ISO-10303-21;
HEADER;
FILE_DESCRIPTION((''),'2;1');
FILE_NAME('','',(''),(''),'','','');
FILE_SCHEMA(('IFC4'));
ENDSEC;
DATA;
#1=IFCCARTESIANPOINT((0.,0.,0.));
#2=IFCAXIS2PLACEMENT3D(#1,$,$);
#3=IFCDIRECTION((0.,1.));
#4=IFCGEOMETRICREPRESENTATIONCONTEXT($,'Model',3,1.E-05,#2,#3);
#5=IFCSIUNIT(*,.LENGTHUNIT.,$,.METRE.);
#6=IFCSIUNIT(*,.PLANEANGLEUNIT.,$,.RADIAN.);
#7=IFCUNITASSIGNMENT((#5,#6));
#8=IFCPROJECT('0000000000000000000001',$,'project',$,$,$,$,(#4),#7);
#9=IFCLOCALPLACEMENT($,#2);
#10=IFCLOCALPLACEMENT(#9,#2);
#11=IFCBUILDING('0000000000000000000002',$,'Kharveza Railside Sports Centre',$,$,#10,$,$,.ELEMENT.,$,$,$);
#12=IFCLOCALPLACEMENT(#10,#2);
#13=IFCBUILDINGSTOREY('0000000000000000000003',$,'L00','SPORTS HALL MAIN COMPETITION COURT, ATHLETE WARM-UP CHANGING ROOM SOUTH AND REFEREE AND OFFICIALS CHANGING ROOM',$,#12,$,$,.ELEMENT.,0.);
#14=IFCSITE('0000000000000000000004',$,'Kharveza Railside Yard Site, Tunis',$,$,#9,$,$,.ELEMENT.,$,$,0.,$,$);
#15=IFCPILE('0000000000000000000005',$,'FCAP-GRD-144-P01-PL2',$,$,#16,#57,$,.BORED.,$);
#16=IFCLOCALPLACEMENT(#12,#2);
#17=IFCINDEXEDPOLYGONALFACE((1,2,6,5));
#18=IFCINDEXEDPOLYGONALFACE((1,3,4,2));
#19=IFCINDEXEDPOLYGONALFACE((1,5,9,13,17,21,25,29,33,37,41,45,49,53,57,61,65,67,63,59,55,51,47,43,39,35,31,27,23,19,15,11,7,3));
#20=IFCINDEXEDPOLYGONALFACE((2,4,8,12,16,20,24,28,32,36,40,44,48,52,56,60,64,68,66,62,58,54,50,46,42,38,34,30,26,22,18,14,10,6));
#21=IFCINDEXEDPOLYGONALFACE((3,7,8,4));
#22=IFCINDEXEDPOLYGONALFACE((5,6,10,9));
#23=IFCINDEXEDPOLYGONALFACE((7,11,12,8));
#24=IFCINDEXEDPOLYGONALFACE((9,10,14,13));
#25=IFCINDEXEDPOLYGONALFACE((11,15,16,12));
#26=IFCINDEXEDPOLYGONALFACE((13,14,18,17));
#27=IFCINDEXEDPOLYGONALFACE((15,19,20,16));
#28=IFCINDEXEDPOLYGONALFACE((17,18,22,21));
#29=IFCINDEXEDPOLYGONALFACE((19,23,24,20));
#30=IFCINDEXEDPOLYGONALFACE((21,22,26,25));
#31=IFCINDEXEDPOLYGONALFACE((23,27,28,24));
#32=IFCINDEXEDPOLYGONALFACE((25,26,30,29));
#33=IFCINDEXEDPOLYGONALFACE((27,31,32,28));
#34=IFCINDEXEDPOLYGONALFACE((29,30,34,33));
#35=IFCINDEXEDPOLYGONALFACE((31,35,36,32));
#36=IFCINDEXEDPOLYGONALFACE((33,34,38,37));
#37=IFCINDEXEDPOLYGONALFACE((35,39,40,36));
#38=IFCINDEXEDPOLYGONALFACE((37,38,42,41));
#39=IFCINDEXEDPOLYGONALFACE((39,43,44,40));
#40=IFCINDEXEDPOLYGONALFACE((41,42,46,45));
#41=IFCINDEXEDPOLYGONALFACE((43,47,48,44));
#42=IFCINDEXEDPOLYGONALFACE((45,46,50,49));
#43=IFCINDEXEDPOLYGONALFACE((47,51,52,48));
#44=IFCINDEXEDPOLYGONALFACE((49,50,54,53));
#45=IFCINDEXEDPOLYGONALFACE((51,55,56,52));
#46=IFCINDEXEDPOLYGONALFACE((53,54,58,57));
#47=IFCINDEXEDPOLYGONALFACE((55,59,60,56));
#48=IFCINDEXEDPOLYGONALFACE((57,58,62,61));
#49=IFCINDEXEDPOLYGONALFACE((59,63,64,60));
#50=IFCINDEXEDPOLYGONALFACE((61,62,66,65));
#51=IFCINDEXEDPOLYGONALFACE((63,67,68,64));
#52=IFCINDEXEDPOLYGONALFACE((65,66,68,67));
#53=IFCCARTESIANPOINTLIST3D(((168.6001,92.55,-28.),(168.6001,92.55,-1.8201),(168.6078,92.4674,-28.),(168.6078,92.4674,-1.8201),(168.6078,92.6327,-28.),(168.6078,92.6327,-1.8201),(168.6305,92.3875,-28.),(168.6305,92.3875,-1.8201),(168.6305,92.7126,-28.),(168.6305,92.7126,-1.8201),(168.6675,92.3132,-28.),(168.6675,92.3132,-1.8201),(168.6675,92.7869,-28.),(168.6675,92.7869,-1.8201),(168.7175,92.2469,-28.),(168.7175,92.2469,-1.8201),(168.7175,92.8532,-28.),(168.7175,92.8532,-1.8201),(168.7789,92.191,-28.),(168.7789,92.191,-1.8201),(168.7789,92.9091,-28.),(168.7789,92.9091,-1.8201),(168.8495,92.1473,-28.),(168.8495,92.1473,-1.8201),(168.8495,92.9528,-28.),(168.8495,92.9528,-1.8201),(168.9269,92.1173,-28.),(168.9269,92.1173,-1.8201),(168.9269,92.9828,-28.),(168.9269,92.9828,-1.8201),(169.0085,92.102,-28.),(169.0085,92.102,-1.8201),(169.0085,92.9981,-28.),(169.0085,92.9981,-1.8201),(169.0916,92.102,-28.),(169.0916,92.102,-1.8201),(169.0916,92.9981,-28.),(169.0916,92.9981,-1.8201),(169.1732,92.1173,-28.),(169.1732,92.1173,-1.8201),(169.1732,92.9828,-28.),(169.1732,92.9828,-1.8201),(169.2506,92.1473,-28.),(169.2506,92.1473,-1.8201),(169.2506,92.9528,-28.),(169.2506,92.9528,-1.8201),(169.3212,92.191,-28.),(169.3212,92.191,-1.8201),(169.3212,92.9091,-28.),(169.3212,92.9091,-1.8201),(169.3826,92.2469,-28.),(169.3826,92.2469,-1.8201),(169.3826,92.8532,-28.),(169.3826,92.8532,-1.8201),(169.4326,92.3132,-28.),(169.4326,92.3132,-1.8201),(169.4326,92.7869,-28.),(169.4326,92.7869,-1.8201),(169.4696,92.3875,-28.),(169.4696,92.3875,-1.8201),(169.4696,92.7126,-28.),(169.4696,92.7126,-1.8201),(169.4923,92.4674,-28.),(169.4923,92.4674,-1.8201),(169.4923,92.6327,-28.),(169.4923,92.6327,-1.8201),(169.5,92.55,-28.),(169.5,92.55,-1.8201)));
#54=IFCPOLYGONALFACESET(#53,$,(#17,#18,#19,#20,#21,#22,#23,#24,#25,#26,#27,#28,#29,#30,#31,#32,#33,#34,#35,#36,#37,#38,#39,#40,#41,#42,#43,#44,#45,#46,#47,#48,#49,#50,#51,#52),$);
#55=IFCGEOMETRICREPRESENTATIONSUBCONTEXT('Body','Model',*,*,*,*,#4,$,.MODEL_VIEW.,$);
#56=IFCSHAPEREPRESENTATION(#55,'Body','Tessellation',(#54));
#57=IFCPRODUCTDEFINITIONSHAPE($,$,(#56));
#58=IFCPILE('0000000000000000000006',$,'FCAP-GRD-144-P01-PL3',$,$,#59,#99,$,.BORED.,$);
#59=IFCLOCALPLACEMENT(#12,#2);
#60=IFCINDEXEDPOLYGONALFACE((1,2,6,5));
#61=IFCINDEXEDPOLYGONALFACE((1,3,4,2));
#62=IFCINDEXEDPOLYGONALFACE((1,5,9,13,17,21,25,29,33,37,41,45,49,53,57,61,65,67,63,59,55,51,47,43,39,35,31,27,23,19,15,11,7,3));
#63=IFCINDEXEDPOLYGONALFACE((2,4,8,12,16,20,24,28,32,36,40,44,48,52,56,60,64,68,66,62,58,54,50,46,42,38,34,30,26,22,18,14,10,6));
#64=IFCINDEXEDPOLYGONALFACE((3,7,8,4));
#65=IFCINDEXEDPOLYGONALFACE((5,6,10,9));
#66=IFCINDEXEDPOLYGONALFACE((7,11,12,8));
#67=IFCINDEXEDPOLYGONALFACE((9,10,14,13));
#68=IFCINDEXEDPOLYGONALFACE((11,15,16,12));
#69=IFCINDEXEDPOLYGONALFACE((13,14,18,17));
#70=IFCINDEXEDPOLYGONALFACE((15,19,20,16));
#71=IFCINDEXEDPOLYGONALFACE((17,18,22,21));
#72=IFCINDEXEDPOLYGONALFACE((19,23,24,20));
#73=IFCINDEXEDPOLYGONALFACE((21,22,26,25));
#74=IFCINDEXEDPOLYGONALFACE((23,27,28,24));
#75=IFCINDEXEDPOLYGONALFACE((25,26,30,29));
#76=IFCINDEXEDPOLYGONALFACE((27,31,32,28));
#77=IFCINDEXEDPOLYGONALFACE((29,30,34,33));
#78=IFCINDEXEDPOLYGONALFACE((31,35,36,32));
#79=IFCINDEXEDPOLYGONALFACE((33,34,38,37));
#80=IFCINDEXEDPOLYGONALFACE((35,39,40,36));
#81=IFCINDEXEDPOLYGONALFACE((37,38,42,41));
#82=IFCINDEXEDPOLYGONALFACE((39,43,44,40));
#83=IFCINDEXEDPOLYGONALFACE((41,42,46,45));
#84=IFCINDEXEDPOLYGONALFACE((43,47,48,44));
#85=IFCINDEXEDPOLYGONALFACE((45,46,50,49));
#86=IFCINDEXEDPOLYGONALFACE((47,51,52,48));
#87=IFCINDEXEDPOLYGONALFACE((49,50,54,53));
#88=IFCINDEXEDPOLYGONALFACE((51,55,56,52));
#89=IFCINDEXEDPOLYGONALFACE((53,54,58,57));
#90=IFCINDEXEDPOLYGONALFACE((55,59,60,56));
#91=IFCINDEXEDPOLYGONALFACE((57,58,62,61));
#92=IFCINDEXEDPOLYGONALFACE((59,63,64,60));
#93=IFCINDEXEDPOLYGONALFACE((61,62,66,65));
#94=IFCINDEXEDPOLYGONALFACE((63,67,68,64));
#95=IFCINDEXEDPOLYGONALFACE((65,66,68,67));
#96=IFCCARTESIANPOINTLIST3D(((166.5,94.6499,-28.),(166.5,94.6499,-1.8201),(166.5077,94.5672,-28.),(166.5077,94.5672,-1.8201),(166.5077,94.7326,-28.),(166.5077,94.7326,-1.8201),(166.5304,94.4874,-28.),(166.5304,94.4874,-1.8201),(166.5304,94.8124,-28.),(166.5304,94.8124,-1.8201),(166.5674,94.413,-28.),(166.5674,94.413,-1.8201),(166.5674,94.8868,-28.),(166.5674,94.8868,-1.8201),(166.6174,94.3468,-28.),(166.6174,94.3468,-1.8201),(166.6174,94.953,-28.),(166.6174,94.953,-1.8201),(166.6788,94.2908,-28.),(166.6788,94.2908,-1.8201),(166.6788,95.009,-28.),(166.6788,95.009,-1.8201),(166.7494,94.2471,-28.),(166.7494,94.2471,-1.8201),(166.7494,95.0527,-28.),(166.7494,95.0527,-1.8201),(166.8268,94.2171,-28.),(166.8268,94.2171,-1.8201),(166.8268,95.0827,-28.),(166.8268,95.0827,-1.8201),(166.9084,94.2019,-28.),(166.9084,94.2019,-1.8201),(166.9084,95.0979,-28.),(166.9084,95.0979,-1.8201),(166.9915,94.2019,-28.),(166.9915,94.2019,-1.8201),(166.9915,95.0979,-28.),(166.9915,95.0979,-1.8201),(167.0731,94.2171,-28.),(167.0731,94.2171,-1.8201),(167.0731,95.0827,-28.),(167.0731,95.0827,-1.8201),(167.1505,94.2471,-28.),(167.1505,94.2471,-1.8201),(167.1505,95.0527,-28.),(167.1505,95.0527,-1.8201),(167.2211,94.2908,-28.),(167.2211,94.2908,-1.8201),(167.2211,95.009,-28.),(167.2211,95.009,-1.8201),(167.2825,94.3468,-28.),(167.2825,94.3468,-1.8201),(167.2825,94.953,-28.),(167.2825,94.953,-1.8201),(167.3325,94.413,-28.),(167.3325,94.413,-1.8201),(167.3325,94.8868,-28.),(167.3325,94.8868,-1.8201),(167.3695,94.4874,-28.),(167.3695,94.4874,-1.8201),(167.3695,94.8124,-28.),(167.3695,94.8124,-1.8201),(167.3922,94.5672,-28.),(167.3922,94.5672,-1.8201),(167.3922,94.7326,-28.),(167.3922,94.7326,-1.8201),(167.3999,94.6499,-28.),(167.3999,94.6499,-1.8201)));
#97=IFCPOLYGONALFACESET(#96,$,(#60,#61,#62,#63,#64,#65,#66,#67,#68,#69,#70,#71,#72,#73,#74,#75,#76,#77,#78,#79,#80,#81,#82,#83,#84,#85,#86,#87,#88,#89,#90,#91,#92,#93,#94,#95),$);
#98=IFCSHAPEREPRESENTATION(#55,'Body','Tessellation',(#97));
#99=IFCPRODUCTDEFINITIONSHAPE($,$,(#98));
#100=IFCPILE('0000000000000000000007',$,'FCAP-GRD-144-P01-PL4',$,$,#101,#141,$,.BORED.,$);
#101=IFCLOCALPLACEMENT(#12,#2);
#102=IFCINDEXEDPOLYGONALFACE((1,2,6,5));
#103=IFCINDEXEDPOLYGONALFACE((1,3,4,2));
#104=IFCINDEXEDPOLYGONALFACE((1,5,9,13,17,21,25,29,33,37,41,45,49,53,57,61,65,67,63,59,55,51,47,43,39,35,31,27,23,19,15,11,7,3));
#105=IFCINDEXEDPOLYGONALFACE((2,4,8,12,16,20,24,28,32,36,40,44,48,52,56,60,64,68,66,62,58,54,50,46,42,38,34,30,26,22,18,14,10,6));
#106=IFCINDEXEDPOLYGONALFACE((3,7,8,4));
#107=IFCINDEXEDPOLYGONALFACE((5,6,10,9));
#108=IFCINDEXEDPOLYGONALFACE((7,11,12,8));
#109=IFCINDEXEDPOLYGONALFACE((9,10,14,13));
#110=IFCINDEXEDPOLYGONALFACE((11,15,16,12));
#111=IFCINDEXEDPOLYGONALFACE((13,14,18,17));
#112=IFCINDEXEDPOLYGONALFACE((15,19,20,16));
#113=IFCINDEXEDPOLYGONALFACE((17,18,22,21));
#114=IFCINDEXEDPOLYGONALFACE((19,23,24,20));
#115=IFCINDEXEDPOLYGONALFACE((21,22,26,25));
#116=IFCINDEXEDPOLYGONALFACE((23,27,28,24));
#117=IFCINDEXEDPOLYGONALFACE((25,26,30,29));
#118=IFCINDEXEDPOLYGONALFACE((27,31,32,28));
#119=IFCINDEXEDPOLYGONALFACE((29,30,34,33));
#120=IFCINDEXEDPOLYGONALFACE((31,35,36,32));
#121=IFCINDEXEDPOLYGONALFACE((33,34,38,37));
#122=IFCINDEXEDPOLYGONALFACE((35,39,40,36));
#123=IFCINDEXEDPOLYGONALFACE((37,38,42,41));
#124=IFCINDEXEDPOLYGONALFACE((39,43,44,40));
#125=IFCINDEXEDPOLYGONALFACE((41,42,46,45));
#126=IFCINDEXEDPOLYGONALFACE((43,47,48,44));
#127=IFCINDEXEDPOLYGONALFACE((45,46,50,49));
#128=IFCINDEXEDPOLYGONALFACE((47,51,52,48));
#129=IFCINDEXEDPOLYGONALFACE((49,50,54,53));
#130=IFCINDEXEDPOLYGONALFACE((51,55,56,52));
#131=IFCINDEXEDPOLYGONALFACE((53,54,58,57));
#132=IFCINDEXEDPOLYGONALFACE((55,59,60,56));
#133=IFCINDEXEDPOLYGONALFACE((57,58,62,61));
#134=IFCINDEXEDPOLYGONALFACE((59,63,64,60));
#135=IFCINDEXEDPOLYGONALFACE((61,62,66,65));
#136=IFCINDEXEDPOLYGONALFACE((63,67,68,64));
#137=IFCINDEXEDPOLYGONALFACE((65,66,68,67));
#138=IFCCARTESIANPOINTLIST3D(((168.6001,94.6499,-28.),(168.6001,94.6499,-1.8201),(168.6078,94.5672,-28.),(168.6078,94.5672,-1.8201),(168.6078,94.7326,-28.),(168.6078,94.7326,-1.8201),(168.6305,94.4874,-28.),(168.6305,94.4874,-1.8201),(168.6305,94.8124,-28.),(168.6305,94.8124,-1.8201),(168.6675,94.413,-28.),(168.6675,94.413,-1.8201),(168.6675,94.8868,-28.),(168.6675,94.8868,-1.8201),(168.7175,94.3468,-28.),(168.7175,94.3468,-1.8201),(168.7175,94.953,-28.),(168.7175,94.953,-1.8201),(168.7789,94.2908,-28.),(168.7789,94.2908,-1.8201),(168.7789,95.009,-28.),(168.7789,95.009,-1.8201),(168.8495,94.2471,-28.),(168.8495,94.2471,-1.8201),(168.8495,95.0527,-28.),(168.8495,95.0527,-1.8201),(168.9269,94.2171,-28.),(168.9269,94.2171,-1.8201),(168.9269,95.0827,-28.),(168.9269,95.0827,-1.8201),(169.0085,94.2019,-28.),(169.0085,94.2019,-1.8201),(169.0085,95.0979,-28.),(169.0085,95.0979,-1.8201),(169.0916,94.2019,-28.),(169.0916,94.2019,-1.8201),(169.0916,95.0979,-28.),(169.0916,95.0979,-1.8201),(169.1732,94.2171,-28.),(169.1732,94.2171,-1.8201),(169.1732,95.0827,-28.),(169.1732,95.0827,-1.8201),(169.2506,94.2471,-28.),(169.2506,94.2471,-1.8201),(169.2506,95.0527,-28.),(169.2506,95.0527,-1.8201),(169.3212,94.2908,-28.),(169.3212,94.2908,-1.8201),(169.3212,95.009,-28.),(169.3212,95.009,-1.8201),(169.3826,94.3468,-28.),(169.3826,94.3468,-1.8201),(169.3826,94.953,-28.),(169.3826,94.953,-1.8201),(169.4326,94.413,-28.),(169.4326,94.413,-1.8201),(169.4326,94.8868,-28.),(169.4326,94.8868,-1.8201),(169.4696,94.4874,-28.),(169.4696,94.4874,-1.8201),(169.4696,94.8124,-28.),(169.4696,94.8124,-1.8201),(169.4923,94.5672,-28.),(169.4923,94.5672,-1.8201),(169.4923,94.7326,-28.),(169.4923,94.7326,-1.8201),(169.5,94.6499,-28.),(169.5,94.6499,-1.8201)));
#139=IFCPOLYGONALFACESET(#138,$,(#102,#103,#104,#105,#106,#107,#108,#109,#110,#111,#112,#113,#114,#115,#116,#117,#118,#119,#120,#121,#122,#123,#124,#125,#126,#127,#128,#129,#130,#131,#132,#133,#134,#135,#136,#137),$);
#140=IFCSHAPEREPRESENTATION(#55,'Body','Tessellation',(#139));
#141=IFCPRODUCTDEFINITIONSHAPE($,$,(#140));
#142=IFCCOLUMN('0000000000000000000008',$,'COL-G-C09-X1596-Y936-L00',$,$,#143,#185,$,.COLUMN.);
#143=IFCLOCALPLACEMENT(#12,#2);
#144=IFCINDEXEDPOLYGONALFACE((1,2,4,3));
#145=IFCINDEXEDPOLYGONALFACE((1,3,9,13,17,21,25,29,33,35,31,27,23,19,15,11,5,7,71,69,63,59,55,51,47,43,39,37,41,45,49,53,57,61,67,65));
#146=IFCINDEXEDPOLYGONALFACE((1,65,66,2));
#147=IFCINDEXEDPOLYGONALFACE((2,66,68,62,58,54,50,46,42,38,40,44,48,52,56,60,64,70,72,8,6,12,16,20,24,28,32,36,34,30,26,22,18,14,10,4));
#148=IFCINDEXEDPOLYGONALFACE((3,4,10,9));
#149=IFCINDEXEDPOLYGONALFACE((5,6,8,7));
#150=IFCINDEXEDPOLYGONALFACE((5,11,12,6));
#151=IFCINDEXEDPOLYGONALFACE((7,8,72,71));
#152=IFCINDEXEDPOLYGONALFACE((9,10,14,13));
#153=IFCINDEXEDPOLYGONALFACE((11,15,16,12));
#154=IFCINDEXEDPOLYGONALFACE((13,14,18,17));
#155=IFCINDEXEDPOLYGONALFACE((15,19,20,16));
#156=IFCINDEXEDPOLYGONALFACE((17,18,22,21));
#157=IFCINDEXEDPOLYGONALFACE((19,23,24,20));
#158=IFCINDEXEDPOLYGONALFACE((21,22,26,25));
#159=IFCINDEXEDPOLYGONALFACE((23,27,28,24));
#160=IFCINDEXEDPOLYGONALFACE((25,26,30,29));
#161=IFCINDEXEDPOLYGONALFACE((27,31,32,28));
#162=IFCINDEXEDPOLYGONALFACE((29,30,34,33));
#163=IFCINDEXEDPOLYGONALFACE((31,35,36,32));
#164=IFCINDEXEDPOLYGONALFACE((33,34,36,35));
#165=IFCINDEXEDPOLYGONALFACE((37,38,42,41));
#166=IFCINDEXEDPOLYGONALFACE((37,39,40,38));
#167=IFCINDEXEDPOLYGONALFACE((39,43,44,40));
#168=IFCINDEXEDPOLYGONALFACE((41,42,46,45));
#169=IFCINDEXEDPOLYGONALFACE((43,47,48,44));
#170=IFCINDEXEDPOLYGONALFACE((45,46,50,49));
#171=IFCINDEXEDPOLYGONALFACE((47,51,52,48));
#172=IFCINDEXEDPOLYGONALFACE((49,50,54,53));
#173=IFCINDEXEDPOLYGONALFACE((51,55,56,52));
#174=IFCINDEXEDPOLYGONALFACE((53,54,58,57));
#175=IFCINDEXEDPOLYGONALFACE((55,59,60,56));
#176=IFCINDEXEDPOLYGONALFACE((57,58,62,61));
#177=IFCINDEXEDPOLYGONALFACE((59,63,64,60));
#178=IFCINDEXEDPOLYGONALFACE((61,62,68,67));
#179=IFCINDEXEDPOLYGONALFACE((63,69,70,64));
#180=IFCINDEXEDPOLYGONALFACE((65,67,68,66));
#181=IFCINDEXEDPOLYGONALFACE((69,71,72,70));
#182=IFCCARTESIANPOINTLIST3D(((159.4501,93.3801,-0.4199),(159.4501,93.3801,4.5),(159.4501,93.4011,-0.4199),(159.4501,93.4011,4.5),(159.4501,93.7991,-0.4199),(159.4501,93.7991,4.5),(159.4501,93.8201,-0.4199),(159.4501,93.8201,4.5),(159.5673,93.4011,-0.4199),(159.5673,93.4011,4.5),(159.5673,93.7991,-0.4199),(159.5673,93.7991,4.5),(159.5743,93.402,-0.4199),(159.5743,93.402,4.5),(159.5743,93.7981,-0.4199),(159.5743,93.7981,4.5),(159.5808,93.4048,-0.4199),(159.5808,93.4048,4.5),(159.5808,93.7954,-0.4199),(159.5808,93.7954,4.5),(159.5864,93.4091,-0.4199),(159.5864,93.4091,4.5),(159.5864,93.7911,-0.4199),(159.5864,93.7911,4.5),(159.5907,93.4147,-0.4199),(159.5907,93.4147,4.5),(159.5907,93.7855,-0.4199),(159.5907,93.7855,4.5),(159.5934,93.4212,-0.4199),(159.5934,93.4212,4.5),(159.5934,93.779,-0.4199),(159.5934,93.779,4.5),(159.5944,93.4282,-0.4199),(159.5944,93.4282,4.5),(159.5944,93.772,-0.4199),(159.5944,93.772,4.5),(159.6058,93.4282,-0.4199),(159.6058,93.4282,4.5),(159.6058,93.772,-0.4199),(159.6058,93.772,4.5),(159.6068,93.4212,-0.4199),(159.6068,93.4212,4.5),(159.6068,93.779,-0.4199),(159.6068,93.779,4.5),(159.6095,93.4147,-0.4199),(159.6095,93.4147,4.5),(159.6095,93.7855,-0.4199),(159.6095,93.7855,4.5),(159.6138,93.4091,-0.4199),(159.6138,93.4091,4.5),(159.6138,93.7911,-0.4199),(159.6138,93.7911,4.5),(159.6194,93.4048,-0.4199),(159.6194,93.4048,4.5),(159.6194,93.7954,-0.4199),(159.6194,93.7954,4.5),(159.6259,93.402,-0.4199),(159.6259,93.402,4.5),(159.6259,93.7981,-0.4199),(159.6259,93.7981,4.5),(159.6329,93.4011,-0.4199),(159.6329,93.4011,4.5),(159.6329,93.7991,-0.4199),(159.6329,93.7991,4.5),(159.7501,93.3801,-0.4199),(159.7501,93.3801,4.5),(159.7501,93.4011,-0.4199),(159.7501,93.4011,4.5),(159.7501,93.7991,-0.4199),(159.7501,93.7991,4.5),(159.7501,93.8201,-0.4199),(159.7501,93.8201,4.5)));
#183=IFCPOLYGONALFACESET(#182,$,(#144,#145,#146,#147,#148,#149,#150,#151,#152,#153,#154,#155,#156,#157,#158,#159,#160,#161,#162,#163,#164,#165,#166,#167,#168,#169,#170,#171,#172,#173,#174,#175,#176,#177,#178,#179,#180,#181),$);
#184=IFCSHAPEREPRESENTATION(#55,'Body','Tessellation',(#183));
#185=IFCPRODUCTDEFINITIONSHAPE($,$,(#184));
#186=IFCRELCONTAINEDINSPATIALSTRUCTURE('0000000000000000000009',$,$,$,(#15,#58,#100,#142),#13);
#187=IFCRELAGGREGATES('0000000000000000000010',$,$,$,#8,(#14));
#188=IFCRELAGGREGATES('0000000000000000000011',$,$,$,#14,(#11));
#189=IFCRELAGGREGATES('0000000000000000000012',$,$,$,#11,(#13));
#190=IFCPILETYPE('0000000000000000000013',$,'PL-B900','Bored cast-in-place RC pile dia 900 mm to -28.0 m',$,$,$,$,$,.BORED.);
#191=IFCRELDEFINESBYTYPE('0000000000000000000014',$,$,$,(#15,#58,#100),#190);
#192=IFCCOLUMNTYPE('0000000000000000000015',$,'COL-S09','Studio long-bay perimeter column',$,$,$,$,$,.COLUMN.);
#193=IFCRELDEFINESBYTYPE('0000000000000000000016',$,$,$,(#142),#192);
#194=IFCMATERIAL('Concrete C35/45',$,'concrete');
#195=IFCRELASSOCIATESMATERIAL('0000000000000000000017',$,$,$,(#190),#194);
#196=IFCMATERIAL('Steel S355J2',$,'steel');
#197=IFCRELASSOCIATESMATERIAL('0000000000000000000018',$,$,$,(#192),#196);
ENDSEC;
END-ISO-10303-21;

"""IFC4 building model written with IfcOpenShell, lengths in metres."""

from ifc_helpers import new_model, si_unit, direction, frame, origin, origin_2d, place, context, subcontext, project, spatial, circle, i_section, extrude, material, material_profile, profile_set, type_object, element, save


model = new_model("IFC4")

# Units and contexts
model_context = context("Model", 3, precision=1e-05, world=origin(), true_north=direction((0.0, 1.0)))
body_context = subcontext(model_context, "Body", "Model", "MODEL_VIEW")
ifc_project = project(units=[si_unit("LENGTHUNIT", "METRE"), si_unit("PLANEANGLEUNIT", "RADIAN")], contexts=[model_context])

# Site, building, storey
site_placement = place(None, origin())
site = spatial("IfcSite", under=ifc_project, at=site_placement, Name="Kharveza Railside Yard Site, Tunis", CompositionType="ELEMENT", RefElevation=0.0)
building_placement = place(site_placement, origin())
building = spatial("IfcBuilding", under=site, at=building_placement, Name="Kharveza Railside Sports Centre", CompositionType="ELEMENT")
storey_placement = place(building_placement, origin())
storey = spatial("IfcBuildingStorey", under=building, at=storey_placement, Name="L00", Description="SPORTS HALL MAIN COMPETITION COURT, ATHLETE WARM-UP CHANGING ROOM SOUTH AND REFEREE AND OFFICIALS CHANGING ROOM", CompositionType="ELEMENT", Elevation=0.0)

# Shared definitions
ifc_material_1 = material(Name="Concrete C35/45", Category="concrete")

# Piles
ifc_material_profile_1 = material_profile(ifc_material_1, circle(Radius=0.45, at=origin_2d()), Name="PILE D900")
ifc_profile_set_1 = profile_set([ifc_material_profile_1], Name="Concrete C35/45")
pile_type = type_object("IfcPileType", Name="PL-B900", Description="Bored cast-in-place RC pile dia 900 mm to -28.0 m", PredefinedType="BORED", material=ifc_profile_set_1)
for number, where, z_axis, x_axis, name in (
    (1, (169.05, 92.55, -1.8201), (0.0, 0.0, -1.0), (1.0, 0.0, 0.0), "FCAP-GRD-144-P01-PL2"),
    (2, (166.95, 94.6499, -1.8201), (0.0, 0.0, -1.0), (1.0, 0.0, 0.0), "FCAP-GRD-144-P01-PL3"),
    (3, (169.05, 94.6499, -1.8201), (0.0, 0.0, -1.0), (1.0, 0.0, 0.0), "FCAP-GRD-144-P01-PL4"),
):
    element("IfcPile", number, at=place(storey_placement, frame(where, z_axis=z_axis, x_axis=x_axis)), inside=storey, type_object=pile_type, Name=name, PredefinedType="BORED", context=body_context, shape_type="SweptSolid", body=[
        extrude(circle(Radius=0.45, at=origin_2d()), origin(), (0.0, 0.0, 1.0), 26.1799),
    ])

# Column
ifc_material_2 = material(Name="Steel S355J2", Category="steel")
ifc_material_profile_2 = material_profile(ifc_material_2, i_section(OverallWidth=0.3, OverallDepth=0.4399, WebThickness=0.0115, FlangeThickness=0.021, FilletRadius=0.0271, at=origin_2d()), Name="HEA 450")
ifc_profile_set_2 = profile_set([ifc_material_profile_2], Name="Steel S355J2")
column_type = type_object("IfcColumnType", Name="COL-S09", Description="Studio long-bay perimeter column", PredefinedType="COLUMN", material=ifc_profile_set_2)
for number, where, z_axis, x_axis, name in (
    (4, (159.6001, 93.6001, -0.4199), (0.0, 0.0, 1.0), (1.0, 0.0, 0.0), "COL-G-C09-X1596-Y936-L00"),
):
    element("IfcColumn", number, at=place(storey_placement, frame(where, z_axis=z_axis, x_axis=x_axis)), inside=storey, type_object=column_type, Name=name, PredefinedType="COLUMN", context=body_context, shape_type="SweptSolid", body=[
        extrude(i_section(OverallWidth=0.3, OverallDepth=0.4399, WebThickness=0.0115, FlangeThickness=0.021, FilletRadius=0.0271, at=origin_2d()), origin(), (0.0, 0.0, 1.0), 4.9199),
    ])

save(model, "model.ifc")
